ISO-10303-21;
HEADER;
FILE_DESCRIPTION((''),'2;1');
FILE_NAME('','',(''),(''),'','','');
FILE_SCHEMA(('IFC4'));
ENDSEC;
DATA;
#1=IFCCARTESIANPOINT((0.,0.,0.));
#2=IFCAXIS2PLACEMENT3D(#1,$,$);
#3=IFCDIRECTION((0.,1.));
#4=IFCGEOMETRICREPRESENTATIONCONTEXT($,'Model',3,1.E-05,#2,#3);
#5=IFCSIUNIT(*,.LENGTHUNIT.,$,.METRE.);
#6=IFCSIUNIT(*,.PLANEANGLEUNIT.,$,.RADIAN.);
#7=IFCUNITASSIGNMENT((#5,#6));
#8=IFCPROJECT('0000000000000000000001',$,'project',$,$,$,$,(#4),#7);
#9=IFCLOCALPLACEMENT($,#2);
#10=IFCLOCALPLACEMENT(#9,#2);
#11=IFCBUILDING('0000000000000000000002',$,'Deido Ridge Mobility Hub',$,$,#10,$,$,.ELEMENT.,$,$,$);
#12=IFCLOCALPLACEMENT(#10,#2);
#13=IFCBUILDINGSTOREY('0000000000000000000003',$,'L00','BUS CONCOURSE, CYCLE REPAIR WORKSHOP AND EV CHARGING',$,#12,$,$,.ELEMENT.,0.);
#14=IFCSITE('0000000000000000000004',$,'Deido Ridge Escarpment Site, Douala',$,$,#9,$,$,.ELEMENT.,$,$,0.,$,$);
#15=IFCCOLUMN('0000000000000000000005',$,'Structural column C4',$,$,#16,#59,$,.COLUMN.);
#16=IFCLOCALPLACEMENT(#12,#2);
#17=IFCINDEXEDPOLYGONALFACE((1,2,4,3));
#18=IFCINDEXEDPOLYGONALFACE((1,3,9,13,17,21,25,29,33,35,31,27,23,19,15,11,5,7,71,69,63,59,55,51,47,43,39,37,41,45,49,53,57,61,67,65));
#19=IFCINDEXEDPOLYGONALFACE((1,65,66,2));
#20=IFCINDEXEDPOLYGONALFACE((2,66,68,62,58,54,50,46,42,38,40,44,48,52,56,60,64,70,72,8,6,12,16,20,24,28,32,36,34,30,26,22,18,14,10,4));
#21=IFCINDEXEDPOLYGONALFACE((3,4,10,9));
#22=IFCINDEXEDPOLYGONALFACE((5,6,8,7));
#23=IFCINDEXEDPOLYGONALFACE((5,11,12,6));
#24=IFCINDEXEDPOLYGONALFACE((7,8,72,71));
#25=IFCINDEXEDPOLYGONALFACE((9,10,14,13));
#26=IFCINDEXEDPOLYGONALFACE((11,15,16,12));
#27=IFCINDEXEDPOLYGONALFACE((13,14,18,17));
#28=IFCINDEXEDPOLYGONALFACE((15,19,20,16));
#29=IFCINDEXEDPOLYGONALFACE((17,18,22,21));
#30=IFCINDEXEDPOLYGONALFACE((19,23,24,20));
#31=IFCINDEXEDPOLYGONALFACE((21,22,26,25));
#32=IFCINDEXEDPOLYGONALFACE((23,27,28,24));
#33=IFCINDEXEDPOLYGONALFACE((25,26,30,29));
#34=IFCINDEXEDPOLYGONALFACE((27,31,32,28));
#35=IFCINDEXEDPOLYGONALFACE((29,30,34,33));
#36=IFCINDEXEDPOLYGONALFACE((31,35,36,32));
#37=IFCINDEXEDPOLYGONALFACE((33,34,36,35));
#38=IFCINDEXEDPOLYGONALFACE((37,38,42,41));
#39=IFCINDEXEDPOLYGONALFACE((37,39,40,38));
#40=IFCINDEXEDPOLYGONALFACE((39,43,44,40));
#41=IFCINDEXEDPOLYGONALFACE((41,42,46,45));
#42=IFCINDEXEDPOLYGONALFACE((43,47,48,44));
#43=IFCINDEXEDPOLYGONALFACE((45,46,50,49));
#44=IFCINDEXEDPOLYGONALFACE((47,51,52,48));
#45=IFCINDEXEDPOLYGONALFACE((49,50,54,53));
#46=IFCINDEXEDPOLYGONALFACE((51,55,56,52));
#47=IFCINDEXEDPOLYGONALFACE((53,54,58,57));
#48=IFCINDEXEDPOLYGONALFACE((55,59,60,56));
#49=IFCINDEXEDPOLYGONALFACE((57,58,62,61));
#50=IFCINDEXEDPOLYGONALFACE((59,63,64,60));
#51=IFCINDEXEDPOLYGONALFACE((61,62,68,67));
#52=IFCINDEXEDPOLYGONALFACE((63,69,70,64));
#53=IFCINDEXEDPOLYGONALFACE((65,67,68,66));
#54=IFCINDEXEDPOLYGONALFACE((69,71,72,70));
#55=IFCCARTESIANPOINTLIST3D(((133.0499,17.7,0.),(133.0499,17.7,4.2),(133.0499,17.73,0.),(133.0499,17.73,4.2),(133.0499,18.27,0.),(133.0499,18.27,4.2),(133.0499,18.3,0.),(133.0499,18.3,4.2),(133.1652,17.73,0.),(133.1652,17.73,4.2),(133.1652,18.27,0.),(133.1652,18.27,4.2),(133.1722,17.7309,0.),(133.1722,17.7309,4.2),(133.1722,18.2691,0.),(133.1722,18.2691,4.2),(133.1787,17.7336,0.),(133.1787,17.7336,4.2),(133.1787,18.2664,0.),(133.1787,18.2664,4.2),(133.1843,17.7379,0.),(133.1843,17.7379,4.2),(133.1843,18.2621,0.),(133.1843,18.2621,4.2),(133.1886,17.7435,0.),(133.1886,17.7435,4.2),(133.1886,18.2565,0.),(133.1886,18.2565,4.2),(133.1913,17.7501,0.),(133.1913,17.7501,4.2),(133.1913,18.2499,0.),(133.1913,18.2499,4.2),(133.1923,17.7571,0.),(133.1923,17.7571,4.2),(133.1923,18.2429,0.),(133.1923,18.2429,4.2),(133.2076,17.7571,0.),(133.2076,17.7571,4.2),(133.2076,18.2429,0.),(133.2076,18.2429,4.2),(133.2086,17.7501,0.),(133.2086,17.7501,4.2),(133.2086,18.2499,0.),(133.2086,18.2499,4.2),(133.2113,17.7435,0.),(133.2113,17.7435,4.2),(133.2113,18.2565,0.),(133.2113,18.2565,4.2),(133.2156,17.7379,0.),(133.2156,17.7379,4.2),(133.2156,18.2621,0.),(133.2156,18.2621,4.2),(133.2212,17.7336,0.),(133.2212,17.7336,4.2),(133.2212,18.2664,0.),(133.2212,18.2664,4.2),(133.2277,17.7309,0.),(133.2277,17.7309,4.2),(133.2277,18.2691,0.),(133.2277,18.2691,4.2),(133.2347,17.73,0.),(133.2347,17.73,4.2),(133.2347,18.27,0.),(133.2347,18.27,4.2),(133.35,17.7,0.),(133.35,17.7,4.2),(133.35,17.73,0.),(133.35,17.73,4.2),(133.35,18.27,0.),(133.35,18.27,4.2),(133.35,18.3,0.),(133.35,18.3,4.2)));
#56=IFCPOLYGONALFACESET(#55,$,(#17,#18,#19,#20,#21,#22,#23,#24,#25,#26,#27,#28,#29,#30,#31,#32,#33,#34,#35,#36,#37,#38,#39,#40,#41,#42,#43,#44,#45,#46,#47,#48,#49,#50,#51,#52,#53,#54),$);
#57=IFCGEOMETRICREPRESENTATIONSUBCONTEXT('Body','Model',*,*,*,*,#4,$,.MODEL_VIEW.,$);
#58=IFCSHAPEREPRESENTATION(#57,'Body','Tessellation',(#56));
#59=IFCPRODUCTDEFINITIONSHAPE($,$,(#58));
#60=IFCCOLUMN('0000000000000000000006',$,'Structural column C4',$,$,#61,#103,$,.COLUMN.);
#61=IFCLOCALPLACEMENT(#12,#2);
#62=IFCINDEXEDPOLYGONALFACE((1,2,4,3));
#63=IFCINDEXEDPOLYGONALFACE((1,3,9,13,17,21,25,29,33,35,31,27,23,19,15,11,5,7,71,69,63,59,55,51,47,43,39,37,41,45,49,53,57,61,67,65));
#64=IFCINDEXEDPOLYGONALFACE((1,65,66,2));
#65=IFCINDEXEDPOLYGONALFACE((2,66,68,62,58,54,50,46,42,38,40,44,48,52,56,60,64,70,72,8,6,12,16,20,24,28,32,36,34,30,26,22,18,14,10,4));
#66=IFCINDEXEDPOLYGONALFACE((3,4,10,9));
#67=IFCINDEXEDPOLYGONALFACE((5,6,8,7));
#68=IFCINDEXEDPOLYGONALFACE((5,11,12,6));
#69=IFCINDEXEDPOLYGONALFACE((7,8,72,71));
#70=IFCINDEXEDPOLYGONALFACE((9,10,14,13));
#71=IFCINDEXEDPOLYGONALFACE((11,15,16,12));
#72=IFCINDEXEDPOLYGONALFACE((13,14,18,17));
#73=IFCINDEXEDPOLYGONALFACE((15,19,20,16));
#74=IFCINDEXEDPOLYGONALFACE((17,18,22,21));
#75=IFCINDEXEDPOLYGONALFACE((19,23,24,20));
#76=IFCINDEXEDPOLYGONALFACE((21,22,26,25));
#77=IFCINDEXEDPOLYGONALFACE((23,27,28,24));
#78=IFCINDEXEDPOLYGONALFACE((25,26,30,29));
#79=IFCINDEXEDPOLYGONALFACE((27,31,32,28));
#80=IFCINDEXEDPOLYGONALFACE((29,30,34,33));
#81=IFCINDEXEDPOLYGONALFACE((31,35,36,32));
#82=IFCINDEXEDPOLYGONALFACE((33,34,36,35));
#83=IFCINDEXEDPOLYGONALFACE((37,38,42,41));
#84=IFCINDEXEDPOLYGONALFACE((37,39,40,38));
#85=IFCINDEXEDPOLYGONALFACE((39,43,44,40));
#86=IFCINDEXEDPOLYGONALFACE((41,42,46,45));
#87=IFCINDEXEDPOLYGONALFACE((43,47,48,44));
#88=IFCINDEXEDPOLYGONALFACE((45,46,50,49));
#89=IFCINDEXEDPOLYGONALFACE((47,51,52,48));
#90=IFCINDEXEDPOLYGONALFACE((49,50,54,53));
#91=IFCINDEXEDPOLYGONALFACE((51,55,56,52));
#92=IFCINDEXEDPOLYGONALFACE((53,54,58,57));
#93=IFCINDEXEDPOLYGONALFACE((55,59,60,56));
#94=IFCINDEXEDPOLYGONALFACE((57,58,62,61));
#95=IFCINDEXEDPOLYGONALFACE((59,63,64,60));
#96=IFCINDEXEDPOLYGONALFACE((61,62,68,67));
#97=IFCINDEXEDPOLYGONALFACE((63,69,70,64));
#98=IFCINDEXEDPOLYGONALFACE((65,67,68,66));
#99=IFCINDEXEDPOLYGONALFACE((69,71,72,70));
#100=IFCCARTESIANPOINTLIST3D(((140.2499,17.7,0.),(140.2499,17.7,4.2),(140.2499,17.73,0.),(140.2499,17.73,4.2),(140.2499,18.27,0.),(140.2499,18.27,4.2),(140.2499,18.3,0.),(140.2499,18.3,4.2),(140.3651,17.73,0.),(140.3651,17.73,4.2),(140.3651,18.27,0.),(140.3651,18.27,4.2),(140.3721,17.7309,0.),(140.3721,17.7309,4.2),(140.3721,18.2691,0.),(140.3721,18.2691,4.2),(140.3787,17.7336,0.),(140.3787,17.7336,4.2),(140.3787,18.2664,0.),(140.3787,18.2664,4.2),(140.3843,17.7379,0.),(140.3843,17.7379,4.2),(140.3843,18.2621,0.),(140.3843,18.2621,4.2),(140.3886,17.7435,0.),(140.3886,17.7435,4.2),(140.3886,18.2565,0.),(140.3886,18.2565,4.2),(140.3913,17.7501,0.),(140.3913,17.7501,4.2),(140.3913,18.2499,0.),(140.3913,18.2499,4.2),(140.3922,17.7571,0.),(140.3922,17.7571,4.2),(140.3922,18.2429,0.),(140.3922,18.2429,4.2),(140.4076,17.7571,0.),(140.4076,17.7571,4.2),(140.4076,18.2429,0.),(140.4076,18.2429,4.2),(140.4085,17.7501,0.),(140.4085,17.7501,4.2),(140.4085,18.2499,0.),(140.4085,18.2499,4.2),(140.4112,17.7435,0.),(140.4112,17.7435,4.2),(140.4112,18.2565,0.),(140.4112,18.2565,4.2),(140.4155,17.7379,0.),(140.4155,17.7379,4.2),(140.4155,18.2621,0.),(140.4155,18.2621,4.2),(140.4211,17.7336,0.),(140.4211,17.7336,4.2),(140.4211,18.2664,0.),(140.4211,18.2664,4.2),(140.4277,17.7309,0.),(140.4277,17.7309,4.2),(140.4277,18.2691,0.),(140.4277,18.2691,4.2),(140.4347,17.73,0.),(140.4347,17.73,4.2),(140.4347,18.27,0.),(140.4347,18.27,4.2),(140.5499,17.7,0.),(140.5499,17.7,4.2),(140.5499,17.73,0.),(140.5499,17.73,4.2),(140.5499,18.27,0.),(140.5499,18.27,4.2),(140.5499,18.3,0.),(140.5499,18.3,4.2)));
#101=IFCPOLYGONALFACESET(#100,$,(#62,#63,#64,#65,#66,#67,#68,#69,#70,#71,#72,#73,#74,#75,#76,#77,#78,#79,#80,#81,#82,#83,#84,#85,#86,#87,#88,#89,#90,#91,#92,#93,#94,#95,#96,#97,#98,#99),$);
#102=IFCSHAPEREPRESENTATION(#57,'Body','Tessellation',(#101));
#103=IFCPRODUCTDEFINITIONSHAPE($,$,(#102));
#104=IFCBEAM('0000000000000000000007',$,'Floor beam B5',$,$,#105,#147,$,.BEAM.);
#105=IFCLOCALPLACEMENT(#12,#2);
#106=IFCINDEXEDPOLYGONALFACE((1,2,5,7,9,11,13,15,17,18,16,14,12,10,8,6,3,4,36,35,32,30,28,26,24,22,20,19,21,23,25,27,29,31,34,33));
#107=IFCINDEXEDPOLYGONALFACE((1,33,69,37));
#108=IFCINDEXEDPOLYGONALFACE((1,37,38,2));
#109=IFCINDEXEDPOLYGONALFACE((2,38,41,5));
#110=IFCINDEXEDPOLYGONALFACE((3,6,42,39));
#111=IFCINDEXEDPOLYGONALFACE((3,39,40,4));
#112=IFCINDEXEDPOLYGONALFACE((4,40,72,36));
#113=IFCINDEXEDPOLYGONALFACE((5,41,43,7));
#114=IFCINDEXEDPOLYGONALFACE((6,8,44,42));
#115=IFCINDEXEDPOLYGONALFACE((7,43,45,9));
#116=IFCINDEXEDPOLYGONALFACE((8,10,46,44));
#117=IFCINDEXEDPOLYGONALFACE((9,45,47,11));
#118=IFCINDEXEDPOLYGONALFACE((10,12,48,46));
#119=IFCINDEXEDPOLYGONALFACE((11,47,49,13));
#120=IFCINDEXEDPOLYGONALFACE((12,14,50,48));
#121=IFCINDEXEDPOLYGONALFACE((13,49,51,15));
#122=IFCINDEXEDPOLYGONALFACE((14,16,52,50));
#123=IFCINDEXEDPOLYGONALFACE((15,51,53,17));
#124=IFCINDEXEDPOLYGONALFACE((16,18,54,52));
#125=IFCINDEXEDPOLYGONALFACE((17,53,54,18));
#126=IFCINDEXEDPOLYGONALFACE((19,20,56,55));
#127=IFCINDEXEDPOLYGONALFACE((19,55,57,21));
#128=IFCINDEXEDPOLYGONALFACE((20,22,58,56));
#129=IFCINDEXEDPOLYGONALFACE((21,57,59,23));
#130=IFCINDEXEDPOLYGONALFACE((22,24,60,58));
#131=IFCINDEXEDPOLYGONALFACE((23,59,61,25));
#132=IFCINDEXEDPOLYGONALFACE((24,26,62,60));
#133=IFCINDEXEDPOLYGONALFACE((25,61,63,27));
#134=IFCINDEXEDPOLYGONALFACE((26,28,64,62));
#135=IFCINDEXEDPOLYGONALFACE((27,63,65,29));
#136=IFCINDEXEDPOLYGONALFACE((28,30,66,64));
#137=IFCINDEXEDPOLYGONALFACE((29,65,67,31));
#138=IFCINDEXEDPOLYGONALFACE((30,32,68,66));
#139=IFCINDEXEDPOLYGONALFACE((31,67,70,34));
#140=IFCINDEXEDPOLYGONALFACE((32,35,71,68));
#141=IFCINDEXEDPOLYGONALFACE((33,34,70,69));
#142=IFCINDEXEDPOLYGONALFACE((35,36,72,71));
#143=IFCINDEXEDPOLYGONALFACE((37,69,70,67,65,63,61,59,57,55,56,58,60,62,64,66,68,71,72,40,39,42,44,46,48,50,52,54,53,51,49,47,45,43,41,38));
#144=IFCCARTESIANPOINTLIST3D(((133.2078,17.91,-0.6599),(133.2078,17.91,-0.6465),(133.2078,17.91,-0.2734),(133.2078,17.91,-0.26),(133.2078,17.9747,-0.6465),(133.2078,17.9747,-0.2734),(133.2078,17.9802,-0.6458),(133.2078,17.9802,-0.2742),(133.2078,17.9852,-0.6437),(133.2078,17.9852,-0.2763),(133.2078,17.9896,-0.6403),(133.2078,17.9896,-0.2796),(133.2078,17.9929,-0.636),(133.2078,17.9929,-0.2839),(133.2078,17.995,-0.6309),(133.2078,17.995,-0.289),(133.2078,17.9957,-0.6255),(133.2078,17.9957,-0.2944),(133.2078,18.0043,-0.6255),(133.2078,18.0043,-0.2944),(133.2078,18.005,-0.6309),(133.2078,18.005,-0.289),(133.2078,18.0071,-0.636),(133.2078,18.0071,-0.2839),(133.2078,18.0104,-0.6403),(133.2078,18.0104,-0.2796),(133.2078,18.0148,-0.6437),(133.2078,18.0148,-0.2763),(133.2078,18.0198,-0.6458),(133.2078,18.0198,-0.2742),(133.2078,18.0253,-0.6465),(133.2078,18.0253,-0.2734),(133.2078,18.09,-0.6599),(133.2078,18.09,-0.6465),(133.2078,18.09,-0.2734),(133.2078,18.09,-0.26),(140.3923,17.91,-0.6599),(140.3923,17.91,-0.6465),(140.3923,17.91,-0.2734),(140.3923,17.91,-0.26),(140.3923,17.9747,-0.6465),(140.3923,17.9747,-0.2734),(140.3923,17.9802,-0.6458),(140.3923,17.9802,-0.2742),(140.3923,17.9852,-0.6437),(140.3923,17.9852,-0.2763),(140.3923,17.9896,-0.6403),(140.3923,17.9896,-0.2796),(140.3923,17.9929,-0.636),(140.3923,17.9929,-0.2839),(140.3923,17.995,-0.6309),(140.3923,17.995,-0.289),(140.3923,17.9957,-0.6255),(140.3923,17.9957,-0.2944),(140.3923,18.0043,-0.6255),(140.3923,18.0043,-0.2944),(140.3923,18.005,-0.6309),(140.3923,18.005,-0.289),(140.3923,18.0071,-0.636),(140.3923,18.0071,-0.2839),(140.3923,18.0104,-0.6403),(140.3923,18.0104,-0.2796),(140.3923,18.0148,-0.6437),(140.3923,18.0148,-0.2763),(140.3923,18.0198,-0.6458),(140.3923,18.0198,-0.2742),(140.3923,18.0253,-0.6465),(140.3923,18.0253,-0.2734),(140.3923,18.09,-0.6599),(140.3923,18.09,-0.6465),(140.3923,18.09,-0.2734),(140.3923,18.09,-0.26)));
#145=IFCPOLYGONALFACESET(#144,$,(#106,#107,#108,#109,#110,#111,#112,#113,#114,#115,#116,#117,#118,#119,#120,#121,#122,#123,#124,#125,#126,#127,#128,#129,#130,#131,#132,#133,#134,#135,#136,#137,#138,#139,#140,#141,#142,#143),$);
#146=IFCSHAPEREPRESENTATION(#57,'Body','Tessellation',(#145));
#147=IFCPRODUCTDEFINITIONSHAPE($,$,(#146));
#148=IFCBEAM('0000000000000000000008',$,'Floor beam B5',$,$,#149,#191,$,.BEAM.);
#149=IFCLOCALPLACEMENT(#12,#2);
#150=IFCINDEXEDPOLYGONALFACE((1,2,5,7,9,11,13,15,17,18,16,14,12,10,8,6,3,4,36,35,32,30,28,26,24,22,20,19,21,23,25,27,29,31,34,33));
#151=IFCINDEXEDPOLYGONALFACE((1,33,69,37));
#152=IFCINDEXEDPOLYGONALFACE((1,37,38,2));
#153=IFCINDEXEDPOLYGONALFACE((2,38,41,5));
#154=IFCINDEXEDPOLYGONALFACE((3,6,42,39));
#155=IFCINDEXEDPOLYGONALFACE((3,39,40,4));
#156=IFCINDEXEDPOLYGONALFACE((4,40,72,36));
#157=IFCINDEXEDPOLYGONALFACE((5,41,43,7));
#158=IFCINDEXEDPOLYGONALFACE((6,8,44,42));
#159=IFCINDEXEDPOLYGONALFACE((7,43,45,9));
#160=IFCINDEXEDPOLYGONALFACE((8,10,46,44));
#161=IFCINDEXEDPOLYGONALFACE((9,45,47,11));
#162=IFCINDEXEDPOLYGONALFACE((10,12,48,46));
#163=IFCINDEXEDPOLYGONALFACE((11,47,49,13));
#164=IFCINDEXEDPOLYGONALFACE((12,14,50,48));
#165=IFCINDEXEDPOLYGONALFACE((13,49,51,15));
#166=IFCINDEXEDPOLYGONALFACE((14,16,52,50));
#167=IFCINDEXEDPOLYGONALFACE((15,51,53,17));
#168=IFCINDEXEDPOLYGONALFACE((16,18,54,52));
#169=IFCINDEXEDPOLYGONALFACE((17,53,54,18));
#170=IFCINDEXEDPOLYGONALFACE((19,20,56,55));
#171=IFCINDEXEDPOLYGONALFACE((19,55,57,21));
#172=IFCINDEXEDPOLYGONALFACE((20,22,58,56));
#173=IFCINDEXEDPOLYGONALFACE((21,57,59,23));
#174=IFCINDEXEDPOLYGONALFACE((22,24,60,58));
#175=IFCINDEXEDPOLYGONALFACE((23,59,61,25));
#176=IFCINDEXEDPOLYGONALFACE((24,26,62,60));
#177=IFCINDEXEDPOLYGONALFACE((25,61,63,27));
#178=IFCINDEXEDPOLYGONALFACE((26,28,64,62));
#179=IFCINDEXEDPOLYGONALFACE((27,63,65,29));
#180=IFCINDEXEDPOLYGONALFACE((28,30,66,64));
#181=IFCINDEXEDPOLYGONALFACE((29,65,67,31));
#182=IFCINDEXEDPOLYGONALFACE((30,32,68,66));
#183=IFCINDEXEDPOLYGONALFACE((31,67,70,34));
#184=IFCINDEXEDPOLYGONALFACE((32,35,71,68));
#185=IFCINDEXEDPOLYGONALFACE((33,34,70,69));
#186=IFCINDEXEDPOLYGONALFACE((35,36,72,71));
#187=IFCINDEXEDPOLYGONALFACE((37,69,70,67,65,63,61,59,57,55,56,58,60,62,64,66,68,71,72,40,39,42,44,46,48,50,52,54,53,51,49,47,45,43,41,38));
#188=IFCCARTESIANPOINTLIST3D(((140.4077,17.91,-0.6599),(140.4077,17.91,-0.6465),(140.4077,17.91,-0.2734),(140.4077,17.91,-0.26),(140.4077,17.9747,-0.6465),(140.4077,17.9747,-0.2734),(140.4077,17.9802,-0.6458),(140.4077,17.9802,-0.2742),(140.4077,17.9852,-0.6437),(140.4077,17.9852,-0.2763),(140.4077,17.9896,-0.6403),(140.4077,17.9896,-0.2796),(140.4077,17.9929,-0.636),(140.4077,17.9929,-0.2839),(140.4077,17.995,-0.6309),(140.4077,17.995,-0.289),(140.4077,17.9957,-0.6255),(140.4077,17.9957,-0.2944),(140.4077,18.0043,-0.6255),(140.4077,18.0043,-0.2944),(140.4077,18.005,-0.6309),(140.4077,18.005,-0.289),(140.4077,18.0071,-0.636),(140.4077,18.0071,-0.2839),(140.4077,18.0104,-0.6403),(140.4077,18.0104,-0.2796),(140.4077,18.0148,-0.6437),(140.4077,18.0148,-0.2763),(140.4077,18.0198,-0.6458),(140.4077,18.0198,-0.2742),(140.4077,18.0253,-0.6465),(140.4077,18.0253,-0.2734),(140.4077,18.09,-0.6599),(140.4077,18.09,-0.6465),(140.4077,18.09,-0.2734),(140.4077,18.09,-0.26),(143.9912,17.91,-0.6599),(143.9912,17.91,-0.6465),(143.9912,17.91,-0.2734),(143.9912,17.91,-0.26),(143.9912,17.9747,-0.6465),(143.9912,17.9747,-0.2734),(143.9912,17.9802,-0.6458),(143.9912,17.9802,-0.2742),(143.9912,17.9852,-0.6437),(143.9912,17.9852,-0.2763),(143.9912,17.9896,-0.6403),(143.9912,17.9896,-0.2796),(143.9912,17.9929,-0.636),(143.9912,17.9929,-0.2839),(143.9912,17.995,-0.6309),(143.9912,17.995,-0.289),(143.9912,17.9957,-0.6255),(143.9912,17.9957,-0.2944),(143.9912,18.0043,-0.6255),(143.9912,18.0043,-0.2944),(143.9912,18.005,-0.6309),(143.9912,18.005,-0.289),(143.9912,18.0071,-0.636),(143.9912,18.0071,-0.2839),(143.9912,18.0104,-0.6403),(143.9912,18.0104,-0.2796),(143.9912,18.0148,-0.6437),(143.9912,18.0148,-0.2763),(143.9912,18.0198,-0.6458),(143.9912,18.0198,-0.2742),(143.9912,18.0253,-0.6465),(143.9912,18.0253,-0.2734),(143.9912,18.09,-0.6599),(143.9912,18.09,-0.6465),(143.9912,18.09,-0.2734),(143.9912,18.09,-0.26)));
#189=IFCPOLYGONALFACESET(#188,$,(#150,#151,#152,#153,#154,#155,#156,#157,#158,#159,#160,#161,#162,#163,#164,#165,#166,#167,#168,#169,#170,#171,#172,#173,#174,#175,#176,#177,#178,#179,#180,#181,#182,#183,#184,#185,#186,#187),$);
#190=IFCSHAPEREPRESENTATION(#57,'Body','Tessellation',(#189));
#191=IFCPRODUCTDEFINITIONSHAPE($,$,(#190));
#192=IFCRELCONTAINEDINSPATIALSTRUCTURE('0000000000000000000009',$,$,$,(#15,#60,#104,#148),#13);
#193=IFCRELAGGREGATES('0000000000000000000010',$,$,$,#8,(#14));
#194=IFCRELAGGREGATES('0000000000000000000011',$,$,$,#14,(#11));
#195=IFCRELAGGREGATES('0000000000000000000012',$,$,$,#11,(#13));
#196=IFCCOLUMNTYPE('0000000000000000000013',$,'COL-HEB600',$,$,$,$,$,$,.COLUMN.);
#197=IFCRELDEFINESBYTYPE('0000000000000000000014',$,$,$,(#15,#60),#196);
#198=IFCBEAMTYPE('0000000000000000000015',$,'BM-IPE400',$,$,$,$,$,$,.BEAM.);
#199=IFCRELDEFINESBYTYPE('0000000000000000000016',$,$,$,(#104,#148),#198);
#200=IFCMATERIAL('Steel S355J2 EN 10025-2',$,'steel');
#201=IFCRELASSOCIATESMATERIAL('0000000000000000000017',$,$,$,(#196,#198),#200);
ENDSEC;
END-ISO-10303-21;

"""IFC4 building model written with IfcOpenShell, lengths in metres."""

from ifc_helpers import new_model, si_unit, direction, frame, origin, origin_2d, place, context, subcontext, project, spatial, i_section, extrude, material, material_profile, profile_set, type_object, element, save


model = new_model("IFC4")

# Units and contexts
model_context = context("Model", 3, precision=1e-05, world=origin(), true_north=direction((0.0, 1.0)))
body_context = subcontext(model_context, "Body", "Model", "MODEL_VIEW")
ifc_project = project(units=[si_unit("LENGTHUNIT", "METRE"), si_unit("PLANEANGLEUNIT", "RADIAN")], contexts=[model_context])

# Site, building, storey
site_placement = place(None, origin())
site = spatial("IfcSite", under=ifc_project, at=site_placement, Name="Deido Ridge Escarpment Site, Douala", CompositionType="ELEMENT", RefElevation=0.0)
building_placement = place(site_placement, origin())
building = spatial("IfcBuilding", under=site, at=building_placement, Name="Deido Ridge Mobility Hub", CompositionType="ELEMENT")
storey_placement = place(building_placement, origin())
storey = spatial("IfcBuildingStorey", under=building, at=storey_placement, Name="L00", Description="BUS CONCOURSE, CYCLE REPAIR WORKSHOP AND EV CHARGING", CompositionType="ELEMENT", Elevation=0.0)

# Columns
ifc_material_1 = material(Name="Steel S355J2 EN 10025-2", Category="steel")
ifc_material_profile_1 = material_profile(ifc_material_1, i_section(OverallWidth=0.3, OverallDepth=0.6001, WebThickness=0.0154, FlangeThickness=0.03, FilletRadius=0.0271, at=origin_2d()), Name="HEB 600")
ifc_profile_set_1 = profile_set([ifc_material_profile_1], Name="Steel S355J2 EN 10025-2")
column_type_1 = type_object("IfcColumnType", Name="COL-HEB600", PredefinedType="COLUMN", material=ifc_profile_set_1)
for number, where, z_axis, x_axis, name in (
    (1, (133.2, 18.0, 0.0), (0.0, 0.0, 1.0), (1.0, 0.0, 0.0), "Structural column C4"),
    (2, (140.3999, 18.0, 0.0), (0.0, 0.0, 1.0), (1.0, 0.0, 0.0), "Structural column C4"),
):
    element("IfcColumn", number, at=place(storey_placement, frame(where, z_axis=z_axis, x_axis=x_axis)), inside=storey, type_object=column_type_1, Name=name, PredefinedType="COLUMN", context=body_context, shape_type="SweptSolid", body=[
        extrude(i_section(OverallWidth=0.3, OverallDepth=0.6001, WebThickness=0.0154, FlangeThickness=0.03, FilletRadius=0.0271, at=origin_2d()), origin(), (0.0, 0.0, 1.0), 4.2),
    ])

# Beams
ifc_material_profile_2 = material_profile(ifc_material_1, i_section(OverallWidth=0.1799, OverallDepth=0.3999, WebThickness=0.0085, FlangeThickness=0.0134, FilletRadius=0.021, at=origin_2d()), Name="IPE 400")
ifc_profile_set_2 = profile_set([ifc_material_profile_2], Name="Steel S355J2 EN 10025-2")
beam_type_1 = type_object("IfcBeamType", Name="BM-IPE400", PredefinedType="BEAM", material=ifc_profile_set_2)
beam_1_placement = place(storey_placement, frame((133.2078, 18.0, -0.46), z_axis=(1.0, 0.0, 0.0), x_axis=(0.0, 1.0, 0.0)))
element("IfcBeam", 3, at=beam_1_placement, inside=storey, type_object=beam_type_1, Name="Floor beam B5", PredefinedType="BEAM", context=body_context, shape_type="SweptSolid", body=[
    extrude(i_section(OverallWidth=0.1799, OverallDepth=0.3999, WebThickness=0.0085, FlangeThickness=0.0134, FilletRadius=0.021, at=origin_2d()), origin(), (0.0, 0.0, 1.0), 7.1846),
])
beam_2_placement = place(storey_placement, frame((140.4077, 18.0, -0.46), z_axis=(1.0, 0.0, 0.0), x_axis=(0.0, 1.0, 0.0)))
element("IfcBeam", 4, at=beam_2_placement, inside=storey, type_object=beam_type_1, Name="Floor beam B5", PredefinedType="BEAM", context=body_context, shape_type="SweptSolid", body=[
    extrude(i_section(OverallWidth=0.1799, OverallDepth=0.3999, WebThickness=0.0085, FlangeThickness=0.0134, FilletRadius=0.021, at=origin_2d()), origin(), (0.0, 0.0, 1.0), 3.5835),
])

save(model, "model.ifc")
